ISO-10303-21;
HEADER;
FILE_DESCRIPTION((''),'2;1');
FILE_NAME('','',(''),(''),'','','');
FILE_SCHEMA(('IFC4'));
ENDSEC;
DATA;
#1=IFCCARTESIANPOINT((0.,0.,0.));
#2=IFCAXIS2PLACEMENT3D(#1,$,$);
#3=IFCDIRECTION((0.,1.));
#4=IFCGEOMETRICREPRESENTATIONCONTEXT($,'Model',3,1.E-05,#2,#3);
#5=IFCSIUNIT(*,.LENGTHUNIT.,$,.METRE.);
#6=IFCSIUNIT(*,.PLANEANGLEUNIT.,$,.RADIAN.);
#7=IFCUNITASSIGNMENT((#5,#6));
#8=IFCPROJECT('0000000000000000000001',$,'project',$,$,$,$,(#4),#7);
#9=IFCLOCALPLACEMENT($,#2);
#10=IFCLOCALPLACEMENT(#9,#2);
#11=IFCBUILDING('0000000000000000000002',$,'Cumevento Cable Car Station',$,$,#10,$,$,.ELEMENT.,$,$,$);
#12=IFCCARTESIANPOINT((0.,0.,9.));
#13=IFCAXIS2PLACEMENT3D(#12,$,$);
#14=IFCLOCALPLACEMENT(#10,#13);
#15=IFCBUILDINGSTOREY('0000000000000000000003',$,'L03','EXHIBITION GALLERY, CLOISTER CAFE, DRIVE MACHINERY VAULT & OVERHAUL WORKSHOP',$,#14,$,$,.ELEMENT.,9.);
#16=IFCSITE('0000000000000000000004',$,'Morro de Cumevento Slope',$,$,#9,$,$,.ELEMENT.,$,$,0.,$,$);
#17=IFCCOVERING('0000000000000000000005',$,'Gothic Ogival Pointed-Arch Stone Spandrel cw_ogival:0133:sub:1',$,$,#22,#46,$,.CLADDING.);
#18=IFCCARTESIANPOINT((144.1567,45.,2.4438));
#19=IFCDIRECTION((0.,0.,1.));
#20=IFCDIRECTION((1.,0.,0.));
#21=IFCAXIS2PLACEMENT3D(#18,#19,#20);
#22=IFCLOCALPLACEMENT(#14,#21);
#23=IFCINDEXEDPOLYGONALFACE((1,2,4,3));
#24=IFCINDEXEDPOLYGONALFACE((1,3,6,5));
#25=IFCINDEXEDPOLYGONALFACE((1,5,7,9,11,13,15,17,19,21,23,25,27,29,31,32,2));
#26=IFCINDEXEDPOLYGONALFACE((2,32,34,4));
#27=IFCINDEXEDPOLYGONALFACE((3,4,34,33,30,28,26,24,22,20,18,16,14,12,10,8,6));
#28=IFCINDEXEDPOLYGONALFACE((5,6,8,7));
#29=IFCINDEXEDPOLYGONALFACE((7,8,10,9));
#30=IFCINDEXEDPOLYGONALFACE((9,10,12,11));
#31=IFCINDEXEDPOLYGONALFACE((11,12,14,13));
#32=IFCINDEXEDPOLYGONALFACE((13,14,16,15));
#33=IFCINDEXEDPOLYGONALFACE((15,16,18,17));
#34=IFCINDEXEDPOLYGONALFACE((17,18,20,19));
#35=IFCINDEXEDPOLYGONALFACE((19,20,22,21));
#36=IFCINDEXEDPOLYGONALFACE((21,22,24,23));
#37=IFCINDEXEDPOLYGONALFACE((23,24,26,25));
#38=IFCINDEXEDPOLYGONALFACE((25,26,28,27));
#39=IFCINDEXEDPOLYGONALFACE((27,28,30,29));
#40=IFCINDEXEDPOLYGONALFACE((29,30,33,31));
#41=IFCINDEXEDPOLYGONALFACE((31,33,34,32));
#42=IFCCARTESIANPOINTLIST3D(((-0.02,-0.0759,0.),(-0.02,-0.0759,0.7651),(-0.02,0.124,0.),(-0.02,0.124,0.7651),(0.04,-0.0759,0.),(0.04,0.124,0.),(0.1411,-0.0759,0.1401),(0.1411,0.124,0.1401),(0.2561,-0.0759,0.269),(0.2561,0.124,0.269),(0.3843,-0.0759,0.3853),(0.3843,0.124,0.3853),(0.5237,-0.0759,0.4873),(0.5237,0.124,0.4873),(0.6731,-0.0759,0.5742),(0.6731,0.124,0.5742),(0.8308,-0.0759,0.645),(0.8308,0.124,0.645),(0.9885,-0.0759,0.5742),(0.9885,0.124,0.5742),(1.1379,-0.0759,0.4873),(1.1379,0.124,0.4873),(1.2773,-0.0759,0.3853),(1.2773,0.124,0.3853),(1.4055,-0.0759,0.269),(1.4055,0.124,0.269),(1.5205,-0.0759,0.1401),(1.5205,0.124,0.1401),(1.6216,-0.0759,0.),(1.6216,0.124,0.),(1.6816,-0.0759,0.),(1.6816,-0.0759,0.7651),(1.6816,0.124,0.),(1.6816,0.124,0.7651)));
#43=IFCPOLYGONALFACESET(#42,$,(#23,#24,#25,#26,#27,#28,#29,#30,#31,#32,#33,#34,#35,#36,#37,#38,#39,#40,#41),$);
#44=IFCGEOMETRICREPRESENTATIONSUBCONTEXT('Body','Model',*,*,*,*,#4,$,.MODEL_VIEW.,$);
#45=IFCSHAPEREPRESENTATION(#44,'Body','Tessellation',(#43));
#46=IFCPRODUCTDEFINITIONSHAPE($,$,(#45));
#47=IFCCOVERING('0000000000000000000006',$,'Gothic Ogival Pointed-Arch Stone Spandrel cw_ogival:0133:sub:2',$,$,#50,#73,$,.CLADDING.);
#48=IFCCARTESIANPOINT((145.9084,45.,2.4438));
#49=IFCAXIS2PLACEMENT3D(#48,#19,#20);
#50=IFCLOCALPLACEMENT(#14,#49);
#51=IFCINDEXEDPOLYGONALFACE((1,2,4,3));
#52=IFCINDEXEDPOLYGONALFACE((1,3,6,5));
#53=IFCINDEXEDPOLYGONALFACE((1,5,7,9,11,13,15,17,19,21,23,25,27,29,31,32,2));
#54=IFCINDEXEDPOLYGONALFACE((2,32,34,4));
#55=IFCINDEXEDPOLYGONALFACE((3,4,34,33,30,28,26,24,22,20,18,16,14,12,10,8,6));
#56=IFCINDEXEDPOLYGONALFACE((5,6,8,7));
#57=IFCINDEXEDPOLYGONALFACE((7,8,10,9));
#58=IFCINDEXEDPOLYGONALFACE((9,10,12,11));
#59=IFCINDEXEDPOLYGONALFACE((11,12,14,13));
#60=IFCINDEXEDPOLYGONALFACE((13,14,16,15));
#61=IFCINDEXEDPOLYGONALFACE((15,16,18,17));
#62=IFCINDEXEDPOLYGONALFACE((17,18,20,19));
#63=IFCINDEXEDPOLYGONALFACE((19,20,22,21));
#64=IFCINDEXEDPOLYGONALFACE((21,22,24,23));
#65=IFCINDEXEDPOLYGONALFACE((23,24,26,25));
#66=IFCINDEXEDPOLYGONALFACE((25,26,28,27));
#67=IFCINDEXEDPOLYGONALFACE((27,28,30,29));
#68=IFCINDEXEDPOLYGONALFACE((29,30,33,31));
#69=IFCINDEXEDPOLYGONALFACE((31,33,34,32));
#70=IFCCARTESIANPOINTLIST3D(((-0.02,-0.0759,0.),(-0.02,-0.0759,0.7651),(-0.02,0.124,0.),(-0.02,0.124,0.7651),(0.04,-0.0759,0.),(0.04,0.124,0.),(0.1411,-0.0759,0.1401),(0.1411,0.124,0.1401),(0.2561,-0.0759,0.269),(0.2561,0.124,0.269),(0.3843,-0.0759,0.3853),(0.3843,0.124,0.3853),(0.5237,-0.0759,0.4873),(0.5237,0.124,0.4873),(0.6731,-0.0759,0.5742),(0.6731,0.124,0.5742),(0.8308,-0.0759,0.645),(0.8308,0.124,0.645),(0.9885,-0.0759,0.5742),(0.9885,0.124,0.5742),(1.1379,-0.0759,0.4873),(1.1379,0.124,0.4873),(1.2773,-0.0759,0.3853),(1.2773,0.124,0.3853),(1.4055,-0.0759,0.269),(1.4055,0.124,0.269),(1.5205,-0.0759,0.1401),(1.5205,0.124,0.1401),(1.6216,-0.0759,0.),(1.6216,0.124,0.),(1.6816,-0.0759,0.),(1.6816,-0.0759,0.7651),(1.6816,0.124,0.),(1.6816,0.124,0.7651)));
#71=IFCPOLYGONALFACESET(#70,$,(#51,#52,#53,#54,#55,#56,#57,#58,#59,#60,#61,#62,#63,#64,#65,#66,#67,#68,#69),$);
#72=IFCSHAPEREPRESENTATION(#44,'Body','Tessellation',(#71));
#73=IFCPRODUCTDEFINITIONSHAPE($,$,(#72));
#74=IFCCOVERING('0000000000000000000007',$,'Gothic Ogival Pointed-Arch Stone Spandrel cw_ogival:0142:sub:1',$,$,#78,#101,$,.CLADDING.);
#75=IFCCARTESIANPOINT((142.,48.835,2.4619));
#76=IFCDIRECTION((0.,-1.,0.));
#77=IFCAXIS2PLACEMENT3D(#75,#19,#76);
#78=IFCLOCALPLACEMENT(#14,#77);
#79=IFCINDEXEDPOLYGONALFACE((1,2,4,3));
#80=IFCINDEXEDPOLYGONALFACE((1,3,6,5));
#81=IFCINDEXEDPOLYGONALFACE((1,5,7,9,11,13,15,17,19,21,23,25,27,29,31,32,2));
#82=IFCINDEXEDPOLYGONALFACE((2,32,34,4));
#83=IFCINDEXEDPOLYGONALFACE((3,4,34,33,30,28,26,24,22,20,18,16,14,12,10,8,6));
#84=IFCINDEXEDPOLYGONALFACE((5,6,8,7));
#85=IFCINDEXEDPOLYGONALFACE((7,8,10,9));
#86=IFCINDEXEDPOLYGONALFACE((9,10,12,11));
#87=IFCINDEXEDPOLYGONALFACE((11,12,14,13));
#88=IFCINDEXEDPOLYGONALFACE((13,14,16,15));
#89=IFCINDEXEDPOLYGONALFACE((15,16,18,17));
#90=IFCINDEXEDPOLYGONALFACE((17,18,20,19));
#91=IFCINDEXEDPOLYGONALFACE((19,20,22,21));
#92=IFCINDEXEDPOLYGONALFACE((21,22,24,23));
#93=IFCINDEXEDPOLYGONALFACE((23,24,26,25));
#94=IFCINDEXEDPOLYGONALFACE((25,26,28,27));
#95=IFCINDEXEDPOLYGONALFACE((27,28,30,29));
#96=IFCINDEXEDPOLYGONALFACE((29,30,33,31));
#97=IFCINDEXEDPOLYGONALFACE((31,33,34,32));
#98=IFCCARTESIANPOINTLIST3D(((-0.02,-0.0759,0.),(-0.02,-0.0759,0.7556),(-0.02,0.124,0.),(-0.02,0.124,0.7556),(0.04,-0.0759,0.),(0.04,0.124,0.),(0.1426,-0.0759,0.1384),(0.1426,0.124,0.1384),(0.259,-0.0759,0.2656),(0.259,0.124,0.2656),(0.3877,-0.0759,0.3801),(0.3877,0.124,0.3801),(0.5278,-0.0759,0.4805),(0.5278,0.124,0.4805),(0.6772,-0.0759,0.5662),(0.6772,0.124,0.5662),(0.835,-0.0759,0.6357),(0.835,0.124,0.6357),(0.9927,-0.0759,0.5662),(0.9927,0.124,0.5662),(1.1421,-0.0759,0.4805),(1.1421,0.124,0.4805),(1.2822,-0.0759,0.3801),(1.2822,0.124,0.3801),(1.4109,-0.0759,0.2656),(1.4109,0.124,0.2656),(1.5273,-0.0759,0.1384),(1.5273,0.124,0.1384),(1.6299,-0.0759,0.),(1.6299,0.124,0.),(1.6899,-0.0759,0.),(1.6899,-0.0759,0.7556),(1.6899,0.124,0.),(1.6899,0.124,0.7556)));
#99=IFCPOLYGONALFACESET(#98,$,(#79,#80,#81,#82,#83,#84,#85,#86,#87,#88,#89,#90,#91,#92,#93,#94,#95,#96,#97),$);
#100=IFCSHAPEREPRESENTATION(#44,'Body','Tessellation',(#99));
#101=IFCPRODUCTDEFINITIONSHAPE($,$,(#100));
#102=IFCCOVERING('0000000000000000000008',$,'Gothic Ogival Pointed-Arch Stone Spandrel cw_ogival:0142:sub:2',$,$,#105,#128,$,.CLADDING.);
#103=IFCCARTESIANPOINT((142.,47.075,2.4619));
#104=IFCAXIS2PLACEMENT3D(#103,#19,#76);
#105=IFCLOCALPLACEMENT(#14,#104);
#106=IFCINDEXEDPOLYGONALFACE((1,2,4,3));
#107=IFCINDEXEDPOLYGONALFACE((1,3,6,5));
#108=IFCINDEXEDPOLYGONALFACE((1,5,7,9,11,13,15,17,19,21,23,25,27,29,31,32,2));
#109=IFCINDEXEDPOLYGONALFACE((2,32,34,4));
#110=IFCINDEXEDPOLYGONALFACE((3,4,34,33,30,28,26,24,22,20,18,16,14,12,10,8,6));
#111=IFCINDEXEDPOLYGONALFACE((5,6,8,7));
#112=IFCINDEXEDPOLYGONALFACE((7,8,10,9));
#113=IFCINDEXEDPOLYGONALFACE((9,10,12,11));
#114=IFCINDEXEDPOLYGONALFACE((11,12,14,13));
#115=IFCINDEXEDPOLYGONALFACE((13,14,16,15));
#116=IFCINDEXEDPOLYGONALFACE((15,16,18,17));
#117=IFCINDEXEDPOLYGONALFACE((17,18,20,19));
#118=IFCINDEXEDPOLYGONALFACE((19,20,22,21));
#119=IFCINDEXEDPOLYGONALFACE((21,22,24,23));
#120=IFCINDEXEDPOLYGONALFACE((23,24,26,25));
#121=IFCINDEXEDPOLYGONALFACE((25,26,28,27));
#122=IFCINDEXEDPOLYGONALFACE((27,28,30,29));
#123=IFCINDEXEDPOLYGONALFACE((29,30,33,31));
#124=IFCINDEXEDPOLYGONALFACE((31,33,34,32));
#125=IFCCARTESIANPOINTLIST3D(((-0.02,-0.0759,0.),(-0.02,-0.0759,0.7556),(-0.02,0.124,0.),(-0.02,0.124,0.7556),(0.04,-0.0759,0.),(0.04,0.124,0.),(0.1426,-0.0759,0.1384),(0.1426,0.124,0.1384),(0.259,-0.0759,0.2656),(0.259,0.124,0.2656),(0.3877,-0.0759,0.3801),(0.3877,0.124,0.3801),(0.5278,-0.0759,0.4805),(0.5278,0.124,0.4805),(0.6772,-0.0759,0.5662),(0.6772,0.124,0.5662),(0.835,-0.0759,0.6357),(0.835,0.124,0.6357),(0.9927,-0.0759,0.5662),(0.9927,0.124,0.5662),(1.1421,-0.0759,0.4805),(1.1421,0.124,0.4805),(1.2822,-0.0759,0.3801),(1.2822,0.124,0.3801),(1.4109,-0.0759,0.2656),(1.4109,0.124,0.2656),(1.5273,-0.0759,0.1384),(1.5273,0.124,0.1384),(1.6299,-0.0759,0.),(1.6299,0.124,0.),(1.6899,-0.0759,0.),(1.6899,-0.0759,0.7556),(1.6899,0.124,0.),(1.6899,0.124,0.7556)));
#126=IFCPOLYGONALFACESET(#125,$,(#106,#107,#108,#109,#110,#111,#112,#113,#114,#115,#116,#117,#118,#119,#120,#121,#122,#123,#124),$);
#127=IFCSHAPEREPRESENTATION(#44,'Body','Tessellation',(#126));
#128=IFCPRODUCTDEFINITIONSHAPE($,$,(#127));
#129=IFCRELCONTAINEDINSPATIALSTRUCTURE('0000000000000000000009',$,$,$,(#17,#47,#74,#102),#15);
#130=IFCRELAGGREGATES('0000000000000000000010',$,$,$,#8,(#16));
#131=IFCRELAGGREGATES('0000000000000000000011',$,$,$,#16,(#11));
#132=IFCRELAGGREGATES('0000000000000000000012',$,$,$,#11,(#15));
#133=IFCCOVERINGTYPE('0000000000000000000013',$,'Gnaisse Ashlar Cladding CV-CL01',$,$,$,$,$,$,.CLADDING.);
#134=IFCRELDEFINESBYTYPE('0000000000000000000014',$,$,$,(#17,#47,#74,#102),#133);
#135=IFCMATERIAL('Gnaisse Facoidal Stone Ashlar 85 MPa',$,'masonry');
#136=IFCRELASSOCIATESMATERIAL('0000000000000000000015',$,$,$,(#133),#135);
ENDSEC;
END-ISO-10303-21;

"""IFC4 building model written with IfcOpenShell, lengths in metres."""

from ifc_helpers import new_model, si_unit, direction, frame, origin, place, context, subcontext, project, spatial, polyline, outline, extrude, material, type_object, element, save


model = new_model("IFC4")

# Units and contexts
model_context = context("Model", 3, precision=1e-05, world=origin(), true_north=direction((0.0, 1.0)))
body_context = subcontext(model_context, "Body", "Model", "MODEL_VIEW")
ifc_project = project(units=[si_unit("LENGTHUNIT", "METRE"), si_unit("PLANEANGLEUNIT", "RADIAN")], contexts=[model_context])

# Site, building, storey
site_placement = place(None, origin())
site = spatial("IfcSite", under=ifc_project, at=site_placement, Name="Morro de Cumevento Slope", CompositionType="ELEMENT", RefElevation=0.0)
building_placement = place(site_placement, origin())
building = spatial("IfcBuilding", under=site, at=building_placement, Name="Cumevento Cable Car Station", CompositionType="ELEMENT")
storey_placement = place(building_placement, frame((0.0, 0.0, 9.0)))
storey = spatial("IfcBuildingStorey", under=building, at=storey_placement, Name="L03", Description="EXHIBITION GALLERY, CLOISTER CAFE, DRIVE MACHINERY VAULT & OVERHAUL WORKSHOP", CompositionType="ELEMENT", Elevation=9.0)

# Coverings
ifc_material_1 = material(Name="Gnaisse Facoidal Stone Ashlar 85 MPa", Category="masonry")
covering_type = type_object("IfcCoveringType", Name="Gnaisse Ashlar Cladding CV-CL01", PredefinedType="CLADDING", material=ifc_material_1)
for number, where, z_axis, x_axis, name in (
    (1, (144.1567, 45.0, 2.4438), (0.0, 0.0, 1.0), (1.0, 0.0, 0.0), "Gothic Ogival Pointed-Arch Stone Spandrel cw_ogival:0133:sub:1"),
    (2, (145.9084, 45.0, 2.4438), (0.0, 0.0, 1.0), (1.0, 0.0, 0.0), "Gothic Ogival Pointed-Arch Stone Spandrel cw_ogival:0133:sub:2"),
):
    element("IfcCovering", number, at=place(storey_placement, frame(where, z_axis=z_axis, x_axis=x_axis)), inside=storey, type_object=covering_type, Name=name, PredefinedType="CLADDING", context=body_context, shape_type="SweptSolid", body=[
        extrude(outline(polyline([(-0.02, 0.0), (-0.02, 0.7651), (1.6816, 0.7651), (1.6816, 0.0), (1.6216, 0.0), (1.5205, 0.1401), (1.4055, 0.269), (1.2773, 0.3853), (1.1379, 0.4873), (0.9885, 0.5742), (0.8308, 0.645), (0.6731, 0.5742), (0.5237, 0.4873), (0.3843, 0.3853), (0.2561, 0.269), (0.1411, 0.1401), (0.04, 0.0), (-0.02, 0.0)])), frame((0.0, 0.124, 0.0), z_axis=(0.0, -1.0, 0.0), x_axis=(1.0, 0.0, 0.0)), (0.0, 0.0, 1.0), 0.2),
    ])
for number, where, z_axis, x_axis, name in (
    (3, (142.0, 48.835, 2.4619), (0.0, 0.0, 1.0), (0.0, -1.0, 0.0), "Gothic Ogival Pointed-Arch Stone Spandrel cw_ogival:0142:sub:1"),
    (4, (142.0, 47.075, 2.4619), (0.0, 0.0, 1.0), (0.0, -1.0, 0.0), "Gothic Ogival Pointed-Arch Stone Spandrel cw_ogival:0142:sub:2"),
):
    element("IfcCovering", number, at=place(storey_placement, frame(where, z_axis=z_axis, x_axis=x_axis)), inside=storey, type_object=covering_type, Name=name, PredefinedType="CLADDING", context=body_context, shape_type="SweptSolid", body=[
        extrude(outline(polyline([(-0.02, 0.0), (-0.02, 0.7556), (1.6899, 0.7556), (1.6899, 0.0), (1.6299, 0.0), (1.5273, 0.1384), (1.4109, 0.2656), (1.2822, 0.3801), (1.1421, 0.4805), (0.9927, 0.5662), (0.835, 0.6357), (0.6772, 0.5662), (0.5278, 0.4805), (0.3877, 0.3801), (0.259, 0.2656), (0.1426, 0.1384), (0.04, 0.0), (-0.02, 0.0)])), frame((0.0, 0.124, 0.0), z_axis=(0.0, -1.0, 0.0), x_axis=(1.0, 0.0, 0.0)), (0.0, 0.0, 1.0), 0.2),
    ])

save(model, "model.ifc")
